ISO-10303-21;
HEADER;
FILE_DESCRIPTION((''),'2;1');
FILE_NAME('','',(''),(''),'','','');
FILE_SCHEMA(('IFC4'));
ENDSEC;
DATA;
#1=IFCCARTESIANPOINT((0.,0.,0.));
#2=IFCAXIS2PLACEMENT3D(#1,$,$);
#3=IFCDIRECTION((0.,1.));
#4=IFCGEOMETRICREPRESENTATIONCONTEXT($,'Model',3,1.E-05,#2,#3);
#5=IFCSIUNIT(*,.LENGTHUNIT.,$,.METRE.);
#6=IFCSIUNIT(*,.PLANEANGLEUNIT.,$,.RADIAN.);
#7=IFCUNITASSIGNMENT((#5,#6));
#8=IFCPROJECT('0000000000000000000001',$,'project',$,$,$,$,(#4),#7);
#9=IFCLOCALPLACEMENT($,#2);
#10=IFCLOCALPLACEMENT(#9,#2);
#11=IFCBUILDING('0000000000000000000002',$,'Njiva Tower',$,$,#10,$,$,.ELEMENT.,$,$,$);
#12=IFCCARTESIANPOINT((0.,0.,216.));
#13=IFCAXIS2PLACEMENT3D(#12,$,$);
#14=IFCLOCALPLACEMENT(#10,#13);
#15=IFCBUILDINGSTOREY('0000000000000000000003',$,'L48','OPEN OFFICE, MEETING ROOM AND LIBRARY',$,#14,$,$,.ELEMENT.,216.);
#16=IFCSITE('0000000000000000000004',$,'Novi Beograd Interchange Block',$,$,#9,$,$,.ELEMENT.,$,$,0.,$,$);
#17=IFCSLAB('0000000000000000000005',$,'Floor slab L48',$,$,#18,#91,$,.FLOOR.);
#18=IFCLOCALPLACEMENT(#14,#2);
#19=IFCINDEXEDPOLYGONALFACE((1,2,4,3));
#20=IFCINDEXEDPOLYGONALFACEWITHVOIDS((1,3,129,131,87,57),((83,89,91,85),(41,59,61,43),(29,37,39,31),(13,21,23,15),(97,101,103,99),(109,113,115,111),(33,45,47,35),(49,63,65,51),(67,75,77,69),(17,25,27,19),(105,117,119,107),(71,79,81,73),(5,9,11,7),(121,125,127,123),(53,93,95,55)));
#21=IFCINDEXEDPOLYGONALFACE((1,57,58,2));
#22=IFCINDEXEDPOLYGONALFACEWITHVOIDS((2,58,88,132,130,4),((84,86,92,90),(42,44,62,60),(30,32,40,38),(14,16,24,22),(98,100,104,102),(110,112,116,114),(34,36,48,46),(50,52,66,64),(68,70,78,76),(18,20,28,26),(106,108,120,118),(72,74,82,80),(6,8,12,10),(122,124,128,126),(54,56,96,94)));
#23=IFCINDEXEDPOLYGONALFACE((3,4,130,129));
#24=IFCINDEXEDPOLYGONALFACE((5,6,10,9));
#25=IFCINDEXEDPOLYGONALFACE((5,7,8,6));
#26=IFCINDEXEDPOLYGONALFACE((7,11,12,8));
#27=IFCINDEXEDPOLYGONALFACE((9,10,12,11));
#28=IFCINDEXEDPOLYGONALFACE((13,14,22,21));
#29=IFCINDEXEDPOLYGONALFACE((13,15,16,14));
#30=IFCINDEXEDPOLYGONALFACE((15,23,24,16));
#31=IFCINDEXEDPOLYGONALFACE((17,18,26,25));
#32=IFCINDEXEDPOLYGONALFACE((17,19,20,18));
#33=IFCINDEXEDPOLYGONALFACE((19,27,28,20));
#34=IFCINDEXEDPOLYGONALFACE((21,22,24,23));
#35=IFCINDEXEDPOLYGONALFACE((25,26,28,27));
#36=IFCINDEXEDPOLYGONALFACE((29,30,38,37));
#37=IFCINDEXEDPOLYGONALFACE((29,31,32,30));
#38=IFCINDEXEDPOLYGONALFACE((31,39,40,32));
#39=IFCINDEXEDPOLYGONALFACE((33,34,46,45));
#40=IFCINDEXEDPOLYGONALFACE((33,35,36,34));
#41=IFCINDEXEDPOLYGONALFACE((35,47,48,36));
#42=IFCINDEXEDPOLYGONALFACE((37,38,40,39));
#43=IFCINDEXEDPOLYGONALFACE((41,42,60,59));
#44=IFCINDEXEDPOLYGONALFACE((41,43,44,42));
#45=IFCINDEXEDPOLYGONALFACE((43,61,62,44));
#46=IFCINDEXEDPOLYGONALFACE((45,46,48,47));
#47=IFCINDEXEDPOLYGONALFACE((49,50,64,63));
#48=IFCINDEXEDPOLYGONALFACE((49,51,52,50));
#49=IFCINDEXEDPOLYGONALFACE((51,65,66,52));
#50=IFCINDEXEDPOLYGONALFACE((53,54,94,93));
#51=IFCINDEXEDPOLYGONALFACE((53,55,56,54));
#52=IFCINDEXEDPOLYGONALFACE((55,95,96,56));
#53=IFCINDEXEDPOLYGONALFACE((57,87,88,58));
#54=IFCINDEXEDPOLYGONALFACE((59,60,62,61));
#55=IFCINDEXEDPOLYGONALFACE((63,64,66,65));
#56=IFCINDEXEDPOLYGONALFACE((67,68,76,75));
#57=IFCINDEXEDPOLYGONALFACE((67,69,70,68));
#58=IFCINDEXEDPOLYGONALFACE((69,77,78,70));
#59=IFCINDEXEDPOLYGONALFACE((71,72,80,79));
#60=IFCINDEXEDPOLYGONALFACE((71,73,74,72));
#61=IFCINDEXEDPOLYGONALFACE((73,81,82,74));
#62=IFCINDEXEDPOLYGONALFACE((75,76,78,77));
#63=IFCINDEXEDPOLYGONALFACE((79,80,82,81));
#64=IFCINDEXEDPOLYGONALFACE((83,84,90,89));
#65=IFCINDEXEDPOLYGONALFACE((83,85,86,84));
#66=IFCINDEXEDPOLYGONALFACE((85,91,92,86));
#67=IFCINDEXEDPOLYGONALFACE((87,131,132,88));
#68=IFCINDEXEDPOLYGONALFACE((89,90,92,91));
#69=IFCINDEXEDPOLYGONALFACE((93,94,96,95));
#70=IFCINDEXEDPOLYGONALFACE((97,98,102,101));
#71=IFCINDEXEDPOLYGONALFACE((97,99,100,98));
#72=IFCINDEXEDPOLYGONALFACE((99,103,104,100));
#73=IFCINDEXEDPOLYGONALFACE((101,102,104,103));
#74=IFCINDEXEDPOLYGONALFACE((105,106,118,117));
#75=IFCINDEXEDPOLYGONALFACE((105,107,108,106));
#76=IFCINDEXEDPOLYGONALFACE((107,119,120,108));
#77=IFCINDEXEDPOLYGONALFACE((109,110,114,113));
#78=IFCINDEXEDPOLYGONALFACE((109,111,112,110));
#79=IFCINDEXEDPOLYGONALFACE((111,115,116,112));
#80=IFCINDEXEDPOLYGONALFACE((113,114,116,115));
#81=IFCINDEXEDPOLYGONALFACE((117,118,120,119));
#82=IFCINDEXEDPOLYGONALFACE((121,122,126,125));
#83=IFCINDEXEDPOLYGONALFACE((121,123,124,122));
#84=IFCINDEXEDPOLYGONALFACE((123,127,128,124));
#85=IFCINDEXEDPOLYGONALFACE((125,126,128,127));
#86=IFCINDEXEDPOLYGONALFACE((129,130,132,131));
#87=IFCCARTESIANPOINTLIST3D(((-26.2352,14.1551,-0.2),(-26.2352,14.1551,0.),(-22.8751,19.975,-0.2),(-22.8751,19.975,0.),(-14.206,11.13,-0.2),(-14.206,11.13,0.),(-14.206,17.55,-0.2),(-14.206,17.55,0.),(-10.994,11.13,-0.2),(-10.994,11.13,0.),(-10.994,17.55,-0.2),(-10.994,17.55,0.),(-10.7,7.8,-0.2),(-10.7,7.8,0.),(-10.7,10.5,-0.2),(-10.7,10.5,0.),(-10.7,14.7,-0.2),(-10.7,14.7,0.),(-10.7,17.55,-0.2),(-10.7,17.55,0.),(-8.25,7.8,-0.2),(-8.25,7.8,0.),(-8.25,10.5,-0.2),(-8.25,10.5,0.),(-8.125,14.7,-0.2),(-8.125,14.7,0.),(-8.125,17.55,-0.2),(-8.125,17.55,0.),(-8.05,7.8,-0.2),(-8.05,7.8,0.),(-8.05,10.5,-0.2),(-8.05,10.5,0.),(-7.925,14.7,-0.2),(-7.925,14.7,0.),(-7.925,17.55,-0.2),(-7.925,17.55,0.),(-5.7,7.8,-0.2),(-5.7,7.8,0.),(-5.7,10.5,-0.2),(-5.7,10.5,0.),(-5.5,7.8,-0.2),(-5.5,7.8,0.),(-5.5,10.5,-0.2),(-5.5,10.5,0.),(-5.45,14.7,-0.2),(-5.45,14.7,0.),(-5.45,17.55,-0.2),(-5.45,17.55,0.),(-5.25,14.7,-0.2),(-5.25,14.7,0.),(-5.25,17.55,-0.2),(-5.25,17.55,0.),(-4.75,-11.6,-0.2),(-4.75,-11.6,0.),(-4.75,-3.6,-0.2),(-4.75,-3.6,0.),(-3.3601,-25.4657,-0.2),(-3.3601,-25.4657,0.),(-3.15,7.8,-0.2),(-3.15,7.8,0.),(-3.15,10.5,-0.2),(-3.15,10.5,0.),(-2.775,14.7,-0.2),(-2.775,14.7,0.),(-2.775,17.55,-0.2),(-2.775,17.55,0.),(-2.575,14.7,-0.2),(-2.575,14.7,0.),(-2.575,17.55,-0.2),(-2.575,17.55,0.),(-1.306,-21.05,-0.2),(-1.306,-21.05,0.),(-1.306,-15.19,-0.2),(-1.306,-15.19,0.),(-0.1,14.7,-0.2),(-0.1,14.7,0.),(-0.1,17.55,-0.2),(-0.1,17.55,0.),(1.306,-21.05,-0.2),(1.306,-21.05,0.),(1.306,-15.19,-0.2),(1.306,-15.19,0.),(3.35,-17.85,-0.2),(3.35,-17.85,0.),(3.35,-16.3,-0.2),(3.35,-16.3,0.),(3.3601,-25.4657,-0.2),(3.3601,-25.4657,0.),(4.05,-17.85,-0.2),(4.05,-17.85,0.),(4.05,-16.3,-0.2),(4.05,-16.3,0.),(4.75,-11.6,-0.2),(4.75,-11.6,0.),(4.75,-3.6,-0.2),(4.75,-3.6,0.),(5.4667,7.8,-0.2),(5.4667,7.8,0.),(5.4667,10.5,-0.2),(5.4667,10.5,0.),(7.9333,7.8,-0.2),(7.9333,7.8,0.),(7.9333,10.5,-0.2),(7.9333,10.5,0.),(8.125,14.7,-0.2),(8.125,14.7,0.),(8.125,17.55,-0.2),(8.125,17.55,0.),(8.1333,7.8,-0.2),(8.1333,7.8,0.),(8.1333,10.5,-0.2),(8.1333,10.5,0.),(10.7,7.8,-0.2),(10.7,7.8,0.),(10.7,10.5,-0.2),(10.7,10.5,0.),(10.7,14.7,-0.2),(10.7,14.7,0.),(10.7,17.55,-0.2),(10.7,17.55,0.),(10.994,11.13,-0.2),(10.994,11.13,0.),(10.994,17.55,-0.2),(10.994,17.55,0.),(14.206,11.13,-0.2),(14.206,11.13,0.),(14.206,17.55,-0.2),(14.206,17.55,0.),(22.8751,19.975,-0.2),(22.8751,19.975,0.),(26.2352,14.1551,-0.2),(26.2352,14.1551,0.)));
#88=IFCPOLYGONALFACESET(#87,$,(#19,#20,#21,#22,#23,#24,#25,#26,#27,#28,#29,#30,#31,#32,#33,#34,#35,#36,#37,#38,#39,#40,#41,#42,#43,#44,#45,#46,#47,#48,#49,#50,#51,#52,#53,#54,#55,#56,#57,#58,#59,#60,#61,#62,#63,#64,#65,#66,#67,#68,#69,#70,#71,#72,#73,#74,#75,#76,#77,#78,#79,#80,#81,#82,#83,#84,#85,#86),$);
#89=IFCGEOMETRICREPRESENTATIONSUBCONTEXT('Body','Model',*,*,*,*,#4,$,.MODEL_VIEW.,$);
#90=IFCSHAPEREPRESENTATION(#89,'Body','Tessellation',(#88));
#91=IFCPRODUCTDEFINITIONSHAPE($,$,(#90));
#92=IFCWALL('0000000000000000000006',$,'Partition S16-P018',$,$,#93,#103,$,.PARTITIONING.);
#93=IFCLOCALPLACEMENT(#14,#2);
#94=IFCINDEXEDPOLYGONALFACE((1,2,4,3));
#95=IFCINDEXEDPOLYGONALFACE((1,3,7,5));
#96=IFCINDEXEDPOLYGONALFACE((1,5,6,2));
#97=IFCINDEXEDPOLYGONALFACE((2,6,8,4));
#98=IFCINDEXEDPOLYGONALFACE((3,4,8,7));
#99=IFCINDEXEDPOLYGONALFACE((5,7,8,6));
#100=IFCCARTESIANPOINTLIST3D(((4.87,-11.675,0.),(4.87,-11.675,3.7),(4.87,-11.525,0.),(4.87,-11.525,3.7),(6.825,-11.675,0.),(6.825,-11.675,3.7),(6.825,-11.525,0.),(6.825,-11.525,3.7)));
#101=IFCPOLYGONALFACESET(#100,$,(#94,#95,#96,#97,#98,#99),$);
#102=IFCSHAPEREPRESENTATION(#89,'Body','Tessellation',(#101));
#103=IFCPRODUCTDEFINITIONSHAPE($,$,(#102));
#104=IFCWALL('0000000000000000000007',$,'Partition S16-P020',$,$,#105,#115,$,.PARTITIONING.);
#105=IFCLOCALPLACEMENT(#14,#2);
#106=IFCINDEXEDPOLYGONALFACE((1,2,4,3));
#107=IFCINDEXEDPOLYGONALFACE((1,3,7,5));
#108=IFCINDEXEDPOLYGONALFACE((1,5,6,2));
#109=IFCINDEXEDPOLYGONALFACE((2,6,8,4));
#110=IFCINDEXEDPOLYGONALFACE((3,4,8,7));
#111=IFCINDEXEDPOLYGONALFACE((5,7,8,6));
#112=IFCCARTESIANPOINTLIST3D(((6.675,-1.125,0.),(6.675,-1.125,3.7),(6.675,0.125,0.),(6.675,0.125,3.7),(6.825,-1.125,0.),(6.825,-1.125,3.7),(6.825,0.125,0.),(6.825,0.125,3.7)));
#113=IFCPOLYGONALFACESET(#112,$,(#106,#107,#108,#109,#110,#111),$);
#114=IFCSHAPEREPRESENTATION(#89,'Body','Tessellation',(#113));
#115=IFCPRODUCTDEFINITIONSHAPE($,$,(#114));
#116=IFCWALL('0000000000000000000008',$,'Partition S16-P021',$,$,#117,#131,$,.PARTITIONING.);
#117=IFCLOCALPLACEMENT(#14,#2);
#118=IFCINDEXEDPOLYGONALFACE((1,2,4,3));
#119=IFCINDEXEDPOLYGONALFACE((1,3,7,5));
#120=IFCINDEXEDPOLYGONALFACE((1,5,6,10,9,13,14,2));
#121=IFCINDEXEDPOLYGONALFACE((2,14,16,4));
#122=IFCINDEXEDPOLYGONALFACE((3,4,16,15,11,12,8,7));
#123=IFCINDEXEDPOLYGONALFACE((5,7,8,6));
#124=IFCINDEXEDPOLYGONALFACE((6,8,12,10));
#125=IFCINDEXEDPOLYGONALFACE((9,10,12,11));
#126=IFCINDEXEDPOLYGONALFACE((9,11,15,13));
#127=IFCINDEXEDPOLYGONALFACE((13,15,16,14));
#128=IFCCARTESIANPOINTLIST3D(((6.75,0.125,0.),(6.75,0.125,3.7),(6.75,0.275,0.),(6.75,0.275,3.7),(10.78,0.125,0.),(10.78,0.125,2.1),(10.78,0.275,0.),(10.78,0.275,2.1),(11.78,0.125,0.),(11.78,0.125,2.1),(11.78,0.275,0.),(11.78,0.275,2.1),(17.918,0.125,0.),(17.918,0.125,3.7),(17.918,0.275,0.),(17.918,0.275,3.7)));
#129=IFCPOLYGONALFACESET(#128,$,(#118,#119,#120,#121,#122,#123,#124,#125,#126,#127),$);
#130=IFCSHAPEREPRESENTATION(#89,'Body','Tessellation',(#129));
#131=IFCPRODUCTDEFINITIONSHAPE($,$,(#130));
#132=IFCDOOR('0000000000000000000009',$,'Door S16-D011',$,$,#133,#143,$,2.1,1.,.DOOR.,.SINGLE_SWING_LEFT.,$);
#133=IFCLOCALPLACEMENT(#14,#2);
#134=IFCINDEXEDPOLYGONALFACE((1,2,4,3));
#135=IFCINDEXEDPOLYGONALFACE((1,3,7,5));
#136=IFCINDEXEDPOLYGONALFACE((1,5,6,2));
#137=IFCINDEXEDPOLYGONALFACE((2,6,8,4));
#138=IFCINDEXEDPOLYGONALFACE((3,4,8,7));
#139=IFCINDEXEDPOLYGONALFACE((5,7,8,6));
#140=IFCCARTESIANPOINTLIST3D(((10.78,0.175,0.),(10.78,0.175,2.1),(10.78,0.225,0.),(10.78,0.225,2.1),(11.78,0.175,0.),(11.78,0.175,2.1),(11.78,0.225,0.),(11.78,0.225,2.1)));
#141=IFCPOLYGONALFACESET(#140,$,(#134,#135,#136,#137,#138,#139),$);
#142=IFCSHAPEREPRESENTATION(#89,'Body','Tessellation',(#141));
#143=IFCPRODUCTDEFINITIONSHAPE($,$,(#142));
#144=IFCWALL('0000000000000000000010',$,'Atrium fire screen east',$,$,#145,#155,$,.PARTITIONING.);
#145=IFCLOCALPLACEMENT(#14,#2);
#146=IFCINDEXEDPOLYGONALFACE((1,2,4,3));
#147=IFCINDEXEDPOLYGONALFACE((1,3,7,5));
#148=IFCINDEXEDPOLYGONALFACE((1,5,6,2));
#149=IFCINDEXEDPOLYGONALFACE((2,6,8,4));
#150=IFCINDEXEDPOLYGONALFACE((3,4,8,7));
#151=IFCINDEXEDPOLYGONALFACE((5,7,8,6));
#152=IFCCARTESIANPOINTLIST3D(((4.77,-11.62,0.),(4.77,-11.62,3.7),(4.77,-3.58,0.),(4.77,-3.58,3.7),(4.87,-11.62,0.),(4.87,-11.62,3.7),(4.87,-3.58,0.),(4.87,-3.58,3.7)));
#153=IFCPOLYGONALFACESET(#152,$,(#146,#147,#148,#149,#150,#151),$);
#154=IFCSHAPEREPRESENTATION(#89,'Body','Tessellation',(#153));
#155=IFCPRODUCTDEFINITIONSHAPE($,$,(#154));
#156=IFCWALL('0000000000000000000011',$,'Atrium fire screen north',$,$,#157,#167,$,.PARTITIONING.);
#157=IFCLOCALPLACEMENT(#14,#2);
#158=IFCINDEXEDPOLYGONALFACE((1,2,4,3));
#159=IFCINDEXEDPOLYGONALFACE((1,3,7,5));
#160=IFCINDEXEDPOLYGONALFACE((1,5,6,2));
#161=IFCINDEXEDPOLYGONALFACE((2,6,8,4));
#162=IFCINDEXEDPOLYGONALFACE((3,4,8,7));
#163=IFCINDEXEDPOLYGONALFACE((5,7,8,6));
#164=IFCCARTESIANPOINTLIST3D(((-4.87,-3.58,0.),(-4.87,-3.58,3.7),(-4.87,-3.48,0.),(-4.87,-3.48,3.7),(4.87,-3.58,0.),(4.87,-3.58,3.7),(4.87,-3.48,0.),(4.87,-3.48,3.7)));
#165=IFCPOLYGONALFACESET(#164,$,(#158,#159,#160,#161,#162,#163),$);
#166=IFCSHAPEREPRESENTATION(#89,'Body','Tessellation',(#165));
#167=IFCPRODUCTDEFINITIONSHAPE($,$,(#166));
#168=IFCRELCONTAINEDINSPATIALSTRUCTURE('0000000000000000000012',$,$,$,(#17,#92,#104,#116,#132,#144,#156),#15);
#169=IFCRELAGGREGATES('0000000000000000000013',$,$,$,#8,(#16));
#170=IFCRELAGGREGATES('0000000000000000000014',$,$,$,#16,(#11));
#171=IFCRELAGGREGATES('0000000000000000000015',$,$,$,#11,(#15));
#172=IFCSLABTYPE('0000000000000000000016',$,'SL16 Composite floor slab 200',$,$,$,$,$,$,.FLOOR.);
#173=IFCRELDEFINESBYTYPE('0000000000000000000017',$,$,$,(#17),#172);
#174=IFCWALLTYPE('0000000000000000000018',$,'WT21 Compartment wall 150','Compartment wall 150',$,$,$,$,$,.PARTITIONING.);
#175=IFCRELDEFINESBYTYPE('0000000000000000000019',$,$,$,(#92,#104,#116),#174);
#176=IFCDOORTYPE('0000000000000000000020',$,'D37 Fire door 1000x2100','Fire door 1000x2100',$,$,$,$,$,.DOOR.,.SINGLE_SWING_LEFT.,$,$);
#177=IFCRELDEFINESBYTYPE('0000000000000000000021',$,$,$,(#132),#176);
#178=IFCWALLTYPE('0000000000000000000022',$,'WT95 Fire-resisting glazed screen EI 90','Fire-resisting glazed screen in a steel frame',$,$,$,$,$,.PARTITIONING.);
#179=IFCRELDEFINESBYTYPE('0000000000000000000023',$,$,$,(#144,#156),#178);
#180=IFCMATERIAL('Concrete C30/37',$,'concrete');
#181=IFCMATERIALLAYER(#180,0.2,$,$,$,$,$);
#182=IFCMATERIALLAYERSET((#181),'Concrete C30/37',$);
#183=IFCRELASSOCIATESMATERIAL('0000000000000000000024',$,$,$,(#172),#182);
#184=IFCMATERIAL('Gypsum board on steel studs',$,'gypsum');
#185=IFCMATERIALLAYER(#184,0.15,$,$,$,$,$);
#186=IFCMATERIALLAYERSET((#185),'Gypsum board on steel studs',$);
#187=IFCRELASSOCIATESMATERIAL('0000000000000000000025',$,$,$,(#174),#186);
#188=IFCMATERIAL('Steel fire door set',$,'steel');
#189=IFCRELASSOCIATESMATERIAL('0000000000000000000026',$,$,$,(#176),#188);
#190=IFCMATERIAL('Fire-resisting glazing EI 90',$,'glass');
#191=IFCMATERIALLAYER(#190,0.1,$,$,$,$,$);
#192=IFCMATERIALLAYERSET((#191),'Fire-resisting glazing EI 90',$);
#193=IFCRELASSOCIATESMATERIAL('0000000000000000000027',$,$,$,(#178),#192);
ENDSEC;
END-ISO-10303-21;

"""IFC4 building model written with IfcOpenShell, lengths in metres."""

from ifc_helpers import new_model, si_unit, direction, frame, frame_2d, origin, place, context, subcontext, project, spatial, polyline, rectangle, outline, extrude, material, layer, layer_set, type_object, element, fill, save


model = new_model("IFC4")

# Units and contexts
model_context = context("Model", 3, precision=1e-05, world=origin(), true_north=direction((0.0, 1.0)))
body_context = subcontext(model_context, "Body", "Model", "MODEL_VIEW")
ifc_project = project(units=[si_unit("LENGTHUNIT", "METRE"), si_unit("PLANEANGLEUNIT", "RADIAN")], contexts=[model_context])

# Site, building, storey
site_placement = place(None, origin())
site = spatial("IfcSite", under=ifc_project, at=site_placement, Name="Novi Beograd Interchange Block", CompositionType="ELEMENT", RefElevation=0.0)
building_placement = place(site_placement, origin())
building = spatial("IfcBuilding", under=site, at=building_placement, Name="Njiva Tower", CompositionType="ELEMENT")
storey_placement = place(building_placement, frame((0.0, 0.0, 216.0)))
storey = spatial("IfcBuildingStorey", under=building, at=storey_placement, Name="L48", Description="OPEN OFFICE, MEETING ROOM AND LIBRARY", CompositionType="ELEMENT", Elevation=216.0)

# Slab
ifc_material_1 = material(Name="Concrete C30/37", Category="concrete")
ifc_layer_1 = layer(ifc_material_1, 0.2)
ifc_layer_set_1 = layer_set([ifc_layer_1], Name="Concrete C30/37")
slab_type_1 = type_object("IfcSlabType", Name="SL16 Composite floor slab 200", PredefinedType="FLOOR", material=ifc_layer_set_1)
slab_1_placement = place(storey_placement, frame((0.0, 0.0, -0.2)))
element("IfcSlab", 1, at=slab_1_placement, inside=storey, type_object=slab_type_1, Name="Floor slab L48", PredefinedType="FLOOR", context=body_context, shape_type="SweptSolid", body=[
    extrude(outline(polyline([(26.2352, 14.1551), (3.3601, -25.4657), (-3.3601, -25.4657), (-26.2352, 14.1551), (-22.8751, 19.975), (22.8751, 19.975), (26.2352, 14.1551)]), holes=[polyline([(10.994, 11.13), (14.206, 11.13), (14.206, 17.55), (10.994, 17.55), (10.994, 11.13)]), polyline([(8.125, 14.7), (10.7, 14.7), (10.7, 17.55), (8.125, 17.55), (8.125, 14.7)]), polyline([(8.1333, 7.8), (10.7, 7.8), (10.7, 10.5), (8.1333, 10.5), (8.1333, 7.8)]), polyline([(5.4667, 7.8), (7.9333, 7.8), (7.9333, 10.5), (5.4667, 10.5), (5.4667, 7.8)]), polyline([(4.75, -11.6), (4.75, -3.6), (-4.75, -3.6), (-4.75, -11.6), (4.75, -11.6)]), polyline([(3.35, -17.85), (4.05, -17.85), (4.05, -16.3), (3.35, -16.3), (3.35, -17.85)]), polyline([(-1.306, -21.05), (1.306, -21.05), (1.306, -15.19), (-1.306, -15.19), (-1.306, -21.05)]), polyline([(-2.575, 14.7), (-0.1, 14.7), (-0.1, 17.55), (-2.575, 17.55), (-2.575, 14.7)]), polyline([(-5.25, 14.7), (-2.775, 14.7), (-2.775, 17.55), (-5.25, 17.55), (-5.25, 14.7)]), polyline([(-5.5, 7.8), (-3.15, 7.8), (-3.15, 10.5), (-5.5, 10.5), (-5.5, 7.8)]), polyline([(-7.925, 14.7), (-5.45, 14.7), (-5.45, 17.55), (-7.925, 17.55), (-7.925, 14.7)]), polyline([(-8.05, 7.8), (-5.7, 7.8), (-5.7, 10.5), (-8.05, 10.5), (-8.05, 7.8)]), polyline([(-10.7, 14.7), (-8.125, 14.7), (-8.125, 17.55), (-10.7, 17.55), (-10.7, 14.7)]), polyline([(-8.25, 7.8), (-8.25, 10.5), (-10.7, 10.5), (-10.7, 7.8), (-8.25, 7.8)]), polyline([(-14.206, 11.13), (-10.994, 11.13), (-10.994, 17.55), (-14.206, 17.55), (-14.206, 11.13)])]), origin(), (0.0, 0.0, 1.0), 0.2),
])

# Walls
ifc_material_2 = material(Name="Gypsum board on steel studs", Category="gypsum")
ifc_layer_2 = layer(ifc_material_2, 0.15)
ifc_layer_set_2 = layer_set([ifc_layer_2], Name="Gypsum board on steel studs")
wall_type_1 = type_object("IfcWallType", Name="WT21 Compartment wall 150", Description="Compartment wall 150", PredefinedType="PARTITIONING", material=ifc_layer_set_2)
wall_1_placement = place(storey_placement, frame((4.87, -11.6, 0.0), z_axis=(0.0, 0.0, 1.0), x_axis=(1.0, 0.0, 0.0)))
element("IfcWall", 2, at=wall_1_placement, inside=storey, type_object=wall_type_1, Name="Partition S16-P018", PredefinedType="PARTITIONING", context=body_context, shape_type="SweptSolid", body=[
    extrude(rectangle(XDim=1.955, YDim=0.15, at=frame_2d((0.9775, 0.0))), origin(), (0.0, 0.0, 1.0), 3.7),
])
wall_2_placement = place(storey_placement, frame((6.75, -1.125, 0.0), z_axis=(0.0, 0.0, 1.0), x_axis=(0.0, 1.0, 0.0)))
element("IfcWall", 3, at=wall_2_placement, inside=storey, type_object=wall_type_1, Name="Partition S16-P020", PredefinedType="PARTITIONING", context=body_context, shape_type="SweptSolid", body=[
    extrude(rectangle(XDim=1.25, YDim=0.15, at=frame_2d((0.625, 0.0))), origin(), (0.0, 0.0, 1.0), 3.7),
])

# Wall, opening, door
wall_3_placement = place(storey_placement, frame((6.75, 0.2, 0.0), z_axis=(0.0, 0.0, 1.0), x_axis=(1.0, 0.0, 0.0)))
wall_3 = element("IfcWall", 4, at=wall_3_placement, inside=storey, type_object=wall_type_1, Name="Partition S16-P021", PredefinedType="PARTITIONING", context=body_context, shape_type="SweptSolid", body=[
    extrude(rectangle(XDim=11.168, YDim=0.15, at=frame_2d((5.584, 0.0))), origin(), (0.0, 0.0, 1.0), 3.7),
])
opening_placement = place(wall_3_placement, frame((4.03, 0.0, 0.0)))
opening = element("IfcOpeningElement", 5, at=opening_placement, cuts=wall_3, PredefinedType="OPENING", context=body_context, shape_type="SweptSolid", body=[
    extrude(rectangle(XDim=1.0, YDim=2.1, at=frame_2d((0.5, 1.05))), frame((0.0, 0.085, 0.0), z_axis=(0.0, -1.0, 0.0), x_axis=(1.0, 0.0, 0.0)), (0.0, 0.0, 1.0), 0.17),
])
ifc_material_3 = material(Name="Steel fire door set", Category="steel")
door_type = type_object("IfcDoorType", Name="D37 Fire door 1000x2100", Description="Fire door 1000x2100", OperationType="SINGLE_SWING_LEFT", PredefinedType="DOOR", material=ifc_material_3)
door_placement = place(opening_placement, origin())
door = element("IfcDoor", 6, at=door_placement, inside=storey, type_object=door_type, Name="Door S16-D011", OperationType="SINGLE_SWING_LEFT", OverallHeight=2.1, OverallWidth=1.0, PredefinedType="DOOR", context=body_context, shape_type="SweptSolid", body=[
    extrude(rectangle(XDim=1.0, YDim=2.1, at=frame_2d((0.5, 1.05))), frame((0.0, 0.025, 0.0), z_axis=(0.0, -1.0, 0.0), x_axis=(1.0, 0.0, 0.0)), (0.0, 0.0, 1.0), 0.05),
])
fill(opening, door)

# Walls
ifc_material_4 = material(Name="Fire-resisting glazing EI 90", Category="glass")
ifc_layer_3 = layer(ifc_material_4, 0.1)
ifc_layer_set_3 = layer_set([ifc_layer_3], Name="Fire-resisting glazing EI 90")
wall_type_2 = type_object("IfcWallType", Name="WT95 Fire-resisting glazed screen EI 90", Description="Fire-resisting glazed screen in a steel frame", PredefinedType="PARTITIONING", material=ifc_layer_set_3)
wall_4_placement = place(storey_placement, frame((4.82, -11.62, 0.0), z_axis=(0.0, 0.0, 1.0), x_axis=(0.0, 1.0, 0.0)))
element("IfcWall", 7, at=wall_4_placement, inside=storey, type_object=wall_type_2, Name="Atrium fire screen east", PredefinedType="PARTITIONING", context=body_context, shape_type="SweptSolid", body=[
    extrude(rectangle(XDim=8.04, YDim=0.1, at=frame_2d((4.02, 0.0))), origin(), (0.0, 0.0, 1.0), 3.7),
])
wall_5_placement = place(storey_placement, frame((4.87, -3.53, 0.0), z_axis=(0.0, 0.0, 1.0), x_axis=(-1.0, 0.0, 0.0)))
element("IfcWall", 8, at=wall_5_placement, inside=storey, type_object=wall_type_2, Name="Atrium fire screen north", PredefinedType="PARTITIONING", context=body_context, shape_type="SweptSolid", body=[
    extrude(rectangle(XDim=9.74, YDim=0.1, at=frame_2d((4.87, 0.0))), origin(), (0.0, 0.0, 1.0), 3.7),
])

save(model, "model.ifc")
